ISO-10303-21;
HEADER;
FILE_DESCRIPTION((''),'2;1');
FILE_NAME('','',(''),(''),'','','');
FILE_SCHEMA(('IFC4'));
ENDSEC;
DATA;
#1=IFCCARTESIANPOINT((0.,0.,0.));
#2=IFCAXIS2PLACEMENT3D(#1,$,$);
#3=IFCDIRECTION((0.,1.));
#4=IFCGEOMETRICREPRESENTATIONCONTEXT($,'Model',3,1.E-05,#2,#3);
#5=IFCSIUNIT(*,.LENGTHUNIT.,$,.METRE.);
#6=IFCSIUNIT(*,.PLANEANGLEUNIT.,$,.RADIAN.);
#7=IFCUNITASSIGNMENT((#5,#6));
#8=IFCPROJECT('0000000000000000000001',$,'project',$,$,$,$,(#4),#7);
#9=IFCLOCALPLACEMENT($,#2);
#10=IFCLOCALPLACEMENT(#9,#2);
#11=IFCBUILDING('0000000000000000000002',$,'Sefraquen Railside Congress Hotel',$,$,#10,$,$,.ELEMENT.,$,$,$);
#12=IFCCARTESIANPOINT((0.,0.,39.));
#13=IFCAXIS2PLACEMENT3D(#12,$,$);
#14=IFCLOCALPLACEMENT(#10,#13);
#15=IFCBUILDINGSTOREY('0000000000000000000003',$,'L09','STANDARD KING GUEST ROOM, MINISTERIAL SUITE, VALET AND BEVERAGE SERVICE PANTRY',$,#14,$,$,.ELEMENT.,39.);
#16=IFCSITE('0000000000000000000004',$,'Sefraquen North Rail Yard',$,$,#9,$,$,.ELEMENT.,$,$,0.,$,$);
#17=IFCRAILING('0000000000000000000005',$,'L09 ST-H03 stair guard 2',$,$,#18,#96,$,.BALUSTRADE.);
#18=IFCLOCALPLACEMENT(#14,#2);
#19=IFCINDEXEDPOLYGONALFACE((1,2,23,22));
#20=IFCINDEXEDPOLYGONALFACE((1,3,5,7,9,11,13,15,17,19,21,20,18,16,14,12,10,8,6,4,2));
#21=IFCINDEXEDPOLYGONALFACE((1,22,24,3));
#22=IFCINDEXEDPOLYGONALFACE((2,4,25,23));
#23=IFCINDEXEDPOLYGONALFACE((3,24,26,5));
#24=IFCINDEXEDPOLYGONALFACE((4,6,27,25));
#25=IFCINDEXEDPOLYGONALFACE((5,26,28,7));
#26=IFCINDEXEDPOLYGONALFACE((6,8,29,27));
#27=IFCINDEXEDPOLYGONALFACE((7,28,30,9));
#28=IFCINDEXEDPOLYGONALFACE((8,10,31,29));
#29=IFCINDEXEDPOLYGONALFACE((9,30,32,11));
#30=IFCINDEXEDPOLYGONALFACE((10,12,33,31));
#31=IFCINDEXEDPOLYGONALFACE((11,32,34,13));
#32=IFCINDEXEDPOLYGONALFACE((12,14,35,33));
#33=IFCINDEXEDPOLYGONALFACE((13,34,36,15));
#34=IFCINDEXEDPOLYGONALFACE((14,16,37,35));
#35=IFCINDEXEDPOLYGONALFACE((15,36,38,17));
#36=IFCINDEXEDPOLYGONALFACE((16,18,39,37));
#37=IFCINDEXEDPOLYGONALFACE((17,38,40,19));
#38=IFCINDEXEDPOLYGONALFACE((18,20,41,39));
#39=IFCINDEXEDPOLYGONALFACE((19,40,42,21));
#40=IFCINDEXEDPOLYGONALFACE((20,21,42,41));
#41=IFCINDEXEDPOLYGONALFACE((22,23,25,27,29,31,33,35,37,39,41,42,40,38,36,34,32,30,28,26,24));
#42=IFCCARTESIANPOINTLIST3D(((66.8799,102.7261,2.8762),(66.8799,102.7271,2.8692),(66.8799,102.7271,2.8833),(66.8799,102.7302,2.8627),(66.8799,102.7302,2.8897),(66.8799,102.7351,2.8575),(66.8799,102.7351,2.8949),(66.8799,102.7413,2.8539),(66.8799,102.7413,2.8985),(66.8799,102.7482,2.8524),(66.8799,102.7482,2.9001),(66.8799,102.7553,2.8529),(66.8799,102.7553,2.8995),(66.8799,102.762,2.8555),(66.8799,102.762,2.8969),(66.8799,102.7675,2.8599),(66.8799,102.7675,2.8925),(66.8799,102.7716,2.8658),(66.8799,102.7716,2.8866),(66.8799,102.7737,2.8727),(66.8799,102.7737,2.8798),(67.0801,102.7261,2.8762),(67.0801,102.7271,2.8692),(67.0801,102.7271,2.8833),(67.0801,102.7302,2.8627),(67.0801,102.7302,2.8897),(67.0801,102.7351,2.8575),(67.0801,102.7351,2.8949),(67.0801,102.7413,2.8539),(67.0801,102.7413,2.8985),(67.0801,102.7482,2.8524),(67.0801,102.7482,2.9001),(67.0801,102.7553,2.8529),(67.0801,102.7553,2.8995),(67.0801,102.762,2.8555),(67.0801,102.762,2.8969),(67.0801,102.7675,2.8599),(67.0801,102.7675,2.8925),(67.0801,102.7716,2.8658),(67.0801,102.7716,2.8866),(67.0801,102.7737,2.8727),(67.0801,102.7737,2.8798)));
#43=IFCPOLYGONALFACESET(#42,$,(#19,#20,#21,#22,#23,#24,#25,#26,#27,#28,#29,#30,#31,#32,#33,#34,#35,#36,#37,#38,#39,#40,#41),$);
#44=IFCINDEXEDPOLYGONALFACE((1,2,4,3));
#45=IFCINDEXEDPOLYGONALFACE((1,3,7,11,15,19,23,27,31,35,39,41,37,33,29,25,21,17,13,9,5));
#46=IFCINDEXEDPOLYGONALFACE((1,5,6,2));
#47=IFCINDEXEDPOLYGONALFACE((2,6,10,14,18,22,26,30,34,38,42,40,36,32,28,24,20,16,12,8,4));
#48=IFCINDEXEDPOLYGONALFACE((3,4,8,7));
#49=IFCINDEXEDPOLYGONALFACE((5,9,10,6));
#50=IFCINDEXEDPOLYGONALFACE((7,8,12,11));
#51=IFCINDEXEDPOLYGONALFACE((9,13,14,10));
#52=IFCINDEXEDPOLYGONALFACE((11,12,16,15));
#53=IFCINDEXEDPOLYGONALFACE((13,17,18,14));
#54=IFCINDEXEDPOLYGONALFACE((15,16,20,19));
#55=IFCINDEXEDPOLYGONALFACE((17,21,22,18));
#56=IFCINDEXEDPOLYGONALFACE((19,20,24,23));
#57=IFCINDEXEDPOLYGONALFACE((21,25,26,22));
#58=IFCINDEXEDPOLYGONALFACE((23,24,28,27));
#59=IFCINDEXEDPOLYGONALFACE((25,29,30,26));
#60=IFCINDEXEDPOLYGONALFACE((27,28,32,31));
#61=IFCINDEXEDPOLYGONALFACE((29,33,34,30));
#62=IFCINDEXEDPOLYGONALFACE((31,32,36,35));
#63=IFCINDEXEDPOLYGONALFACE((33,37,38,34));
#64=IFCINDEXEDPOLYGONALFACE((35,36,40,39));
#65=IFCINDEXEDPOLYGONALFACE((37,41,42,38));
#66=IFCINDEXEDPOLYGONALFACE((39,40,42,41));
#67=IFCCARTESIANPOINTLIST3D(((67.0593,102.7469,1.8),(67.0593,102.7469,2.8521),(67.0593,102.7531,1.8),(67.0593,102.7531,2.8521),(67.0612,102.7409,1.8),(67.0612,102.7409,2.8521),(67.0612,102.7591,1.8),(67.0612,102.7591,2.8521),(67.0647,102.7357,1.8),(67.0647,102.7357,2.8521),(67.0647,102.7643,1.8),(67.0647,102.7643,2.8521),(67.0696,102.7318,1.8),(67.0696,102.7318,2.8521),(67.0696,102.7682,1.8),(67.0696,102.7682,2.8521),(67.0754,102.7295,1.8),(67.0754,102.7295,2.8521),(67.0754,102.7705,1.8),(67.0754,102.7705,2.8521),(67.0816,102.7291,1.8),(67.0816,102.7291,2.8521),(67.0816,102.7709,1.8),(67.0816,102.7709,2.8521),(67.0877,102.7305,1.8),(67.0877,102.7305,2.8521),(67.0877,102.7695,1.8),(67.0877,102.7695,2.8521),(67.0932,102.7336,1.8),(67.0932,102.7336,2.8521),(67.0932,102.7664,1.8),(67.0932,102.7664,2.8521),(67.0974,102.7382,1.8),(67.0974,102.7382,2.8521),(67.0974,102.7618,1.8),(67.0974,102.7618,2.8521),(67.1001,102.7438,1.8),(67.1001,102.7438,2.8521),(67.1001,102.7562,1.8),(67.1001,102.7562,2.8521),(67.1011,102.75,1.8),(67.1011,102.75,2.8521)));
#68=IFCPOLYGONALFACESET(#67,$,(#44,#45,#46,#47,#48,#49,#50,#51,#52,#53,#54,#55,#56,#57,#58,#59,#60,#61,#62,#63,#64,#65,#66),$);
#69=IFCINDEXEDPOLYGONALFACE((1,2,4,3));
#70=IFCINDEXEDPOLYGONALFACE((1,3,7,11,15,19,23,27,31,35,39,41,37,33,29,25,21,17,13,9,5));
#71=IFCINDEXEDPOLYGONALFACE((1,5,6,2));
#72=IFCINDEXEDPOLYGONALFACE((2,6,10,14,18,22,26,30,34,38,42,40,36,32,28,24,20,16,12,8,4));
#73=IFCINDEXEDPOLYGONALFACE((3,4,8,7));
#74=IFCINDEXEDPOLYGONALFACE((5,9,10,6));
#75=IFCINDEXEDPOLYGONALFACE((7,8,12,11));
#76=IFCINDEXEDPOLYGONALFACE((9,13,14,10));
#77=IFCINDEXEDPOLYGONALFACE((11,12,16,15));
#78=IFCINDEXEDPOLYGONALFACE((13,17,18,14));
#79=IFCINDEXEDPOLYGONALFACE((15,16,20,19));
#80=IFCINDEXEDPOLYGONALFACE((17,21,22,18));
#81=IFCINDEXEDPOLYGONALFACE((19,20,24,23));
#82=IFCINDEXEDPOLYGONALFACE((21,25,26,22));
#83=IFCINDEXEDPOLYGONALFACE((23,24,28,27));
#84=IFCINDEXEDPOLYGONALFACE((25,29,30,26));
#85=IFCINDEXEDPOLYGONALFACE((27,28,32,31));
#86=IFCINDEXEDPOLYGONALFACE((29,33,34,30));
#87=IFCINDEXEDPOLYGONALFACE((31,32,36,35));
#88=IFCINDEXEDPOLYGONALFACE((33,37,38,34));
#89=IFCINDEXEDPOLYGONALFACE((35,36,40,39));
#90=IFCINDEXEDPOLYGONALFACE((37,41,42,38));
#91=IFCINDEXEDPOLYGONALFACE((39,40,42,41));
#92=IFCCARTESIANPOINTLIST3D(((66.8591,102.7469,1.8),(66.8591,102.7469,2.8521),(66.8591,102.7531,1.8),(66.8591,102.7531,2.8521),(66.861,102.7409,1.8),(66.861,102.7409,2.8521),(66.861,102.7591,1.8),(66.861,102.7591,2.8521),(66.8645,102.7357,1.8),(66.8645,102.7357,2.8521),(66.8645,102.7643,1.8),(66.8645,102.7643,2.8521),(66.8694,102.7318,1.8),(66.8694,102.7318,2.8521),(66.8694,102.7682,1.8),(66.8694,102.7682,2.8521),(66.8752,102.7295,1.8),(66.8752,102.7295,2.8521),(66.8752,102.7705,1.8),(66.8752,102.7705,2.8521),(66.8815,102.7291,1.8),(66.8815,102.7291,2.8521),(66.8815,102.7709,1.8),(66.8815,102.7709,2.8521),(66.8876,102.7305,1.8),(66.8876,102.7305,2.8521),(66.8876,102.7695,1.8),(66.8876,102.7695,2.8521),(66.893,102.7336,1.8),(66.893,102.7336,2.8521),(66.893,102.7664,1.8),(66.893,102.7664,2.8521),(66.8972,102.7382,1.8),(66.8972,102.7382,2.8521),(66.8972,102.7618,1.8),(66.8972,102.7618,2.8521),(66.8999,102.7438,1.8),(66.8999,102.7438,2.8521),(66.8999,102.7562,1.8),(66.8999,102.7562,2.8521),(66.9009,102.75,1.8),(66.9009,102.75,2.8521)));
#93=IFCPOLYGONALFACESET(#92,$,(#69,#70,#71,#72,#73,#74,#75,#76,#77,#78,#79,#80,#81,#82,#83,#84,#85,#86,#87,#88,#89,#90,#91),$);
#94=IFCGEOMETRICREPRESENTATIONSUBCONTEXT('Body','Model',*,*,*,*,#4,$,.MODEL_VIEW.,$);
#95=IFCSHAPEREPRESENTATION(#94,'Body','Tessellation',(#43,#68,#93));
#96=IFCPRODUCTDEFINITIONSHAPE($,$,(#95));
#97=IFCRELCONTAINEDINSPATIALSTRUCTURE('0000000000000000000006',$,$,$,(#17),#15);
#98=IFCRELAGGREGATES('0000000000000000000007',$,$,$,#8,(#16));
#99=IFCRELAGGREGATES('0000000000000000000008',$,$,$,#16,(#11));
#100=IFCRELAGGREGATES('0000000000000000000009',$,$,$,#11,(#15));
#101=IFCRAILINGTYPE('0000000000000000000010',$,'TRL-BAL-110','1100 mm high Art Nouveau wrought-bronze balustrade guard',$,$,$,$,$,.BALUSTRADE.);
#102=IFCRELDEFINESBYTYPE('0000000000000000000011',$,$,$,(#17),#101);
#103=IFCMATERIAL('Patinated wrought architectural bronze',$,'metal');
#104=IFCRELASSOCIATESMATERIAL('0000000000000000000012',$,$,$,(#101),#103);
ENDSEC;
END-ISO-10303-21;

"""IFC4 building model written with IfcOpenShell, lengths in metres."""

from ifc_helpers import new_model, si_unit, direction, frame, origin, origin_2d, place, context, subcontext, project, spatial, circle, extrude, material, type_object, element, save


model = new_model("IFC4")

# Units and contexts
model_context = context("Model", 3, precision=1e-05, world=origin(), true_north=direction((0.0, 1.0)))
body_context = subcontext(model_context, "Body", "Model", "MODEL_VIEW")
ifc_project = project(units=[si_unit("LENGTHUNIT", "METRE"), si_unit("PLANEANGLEUNIT", "RADIAN")], contexts=[model_context])

# Site, building, storey
site_placement = place(None, origin())
site = spatial("IfcSite", under=ifc_project, at=site_placement, Name="Sefraquen North Rail Yard", CompositionType="ELEMENT", RefElevation=0.0)
building_placement = place(site_placement, origin())
building = spatial("IfcBuilding", under=site, at=building_placement, Name="Sefraquen Railside Congress Hotel", CompositionType="ELEMENT")
storey_placement = place(building_placement, frame((0.0, 0.0, 39.0)))
storey = spatial("IfcBuildingStorey", under=building, at=storey_placement, Name="L09", Description="STANDARD KING GUEST ROOM, MINISTERIAL SUITE, VALET AND BEVERAGE SERVICE PANTRY", CompositionType="ELEMENT", Elevation=39.0)

# Railing
ifc_material_1 = material(Name="Patinated wrought architectural bronze", Category="metal")
railing_type_1 = type_object("IfcRailingType", Name="TRL-BAL-110", Description="1100 mm high Art Nouveau wrought-bronze balustrade guard", PredefinedType="BALUSTRADE", material=ifc_material_1)
railing_1_placement = place(storey_placement, frame((67.0801, 102.75, 1.8)))
element("IfcRailing", 1, at=railing_1_placement, inside=storey, type_object=railing_type_1, Name="L09 ST-H03 stair guard 2", PredefinedType="BALUSTRADE", context=body_context, shape_type="SweptSolid", body=[
    extrude(circle(Radius=0.0239, at=origin_2d()), frame((0.0, 0.0, 1.0762), z_axis=(-1.0, 0.0, 0.0), x_axis=(0.0, -1.0, 0.0)), (0.0, 0.0, 1.0), 0.2002),
    extrude(circle(Radius=0.021, at=origin_2d()), origin(), (0.0, 0.0, 1.0), 1.052),
    extrude(circle(Radius=0.021, at=origin_2d()), frame((-0.2002, 0.0, 0.0)), (0.0, 0.0, 1.0), 1.052),
])

save(model, "model.ifc")
